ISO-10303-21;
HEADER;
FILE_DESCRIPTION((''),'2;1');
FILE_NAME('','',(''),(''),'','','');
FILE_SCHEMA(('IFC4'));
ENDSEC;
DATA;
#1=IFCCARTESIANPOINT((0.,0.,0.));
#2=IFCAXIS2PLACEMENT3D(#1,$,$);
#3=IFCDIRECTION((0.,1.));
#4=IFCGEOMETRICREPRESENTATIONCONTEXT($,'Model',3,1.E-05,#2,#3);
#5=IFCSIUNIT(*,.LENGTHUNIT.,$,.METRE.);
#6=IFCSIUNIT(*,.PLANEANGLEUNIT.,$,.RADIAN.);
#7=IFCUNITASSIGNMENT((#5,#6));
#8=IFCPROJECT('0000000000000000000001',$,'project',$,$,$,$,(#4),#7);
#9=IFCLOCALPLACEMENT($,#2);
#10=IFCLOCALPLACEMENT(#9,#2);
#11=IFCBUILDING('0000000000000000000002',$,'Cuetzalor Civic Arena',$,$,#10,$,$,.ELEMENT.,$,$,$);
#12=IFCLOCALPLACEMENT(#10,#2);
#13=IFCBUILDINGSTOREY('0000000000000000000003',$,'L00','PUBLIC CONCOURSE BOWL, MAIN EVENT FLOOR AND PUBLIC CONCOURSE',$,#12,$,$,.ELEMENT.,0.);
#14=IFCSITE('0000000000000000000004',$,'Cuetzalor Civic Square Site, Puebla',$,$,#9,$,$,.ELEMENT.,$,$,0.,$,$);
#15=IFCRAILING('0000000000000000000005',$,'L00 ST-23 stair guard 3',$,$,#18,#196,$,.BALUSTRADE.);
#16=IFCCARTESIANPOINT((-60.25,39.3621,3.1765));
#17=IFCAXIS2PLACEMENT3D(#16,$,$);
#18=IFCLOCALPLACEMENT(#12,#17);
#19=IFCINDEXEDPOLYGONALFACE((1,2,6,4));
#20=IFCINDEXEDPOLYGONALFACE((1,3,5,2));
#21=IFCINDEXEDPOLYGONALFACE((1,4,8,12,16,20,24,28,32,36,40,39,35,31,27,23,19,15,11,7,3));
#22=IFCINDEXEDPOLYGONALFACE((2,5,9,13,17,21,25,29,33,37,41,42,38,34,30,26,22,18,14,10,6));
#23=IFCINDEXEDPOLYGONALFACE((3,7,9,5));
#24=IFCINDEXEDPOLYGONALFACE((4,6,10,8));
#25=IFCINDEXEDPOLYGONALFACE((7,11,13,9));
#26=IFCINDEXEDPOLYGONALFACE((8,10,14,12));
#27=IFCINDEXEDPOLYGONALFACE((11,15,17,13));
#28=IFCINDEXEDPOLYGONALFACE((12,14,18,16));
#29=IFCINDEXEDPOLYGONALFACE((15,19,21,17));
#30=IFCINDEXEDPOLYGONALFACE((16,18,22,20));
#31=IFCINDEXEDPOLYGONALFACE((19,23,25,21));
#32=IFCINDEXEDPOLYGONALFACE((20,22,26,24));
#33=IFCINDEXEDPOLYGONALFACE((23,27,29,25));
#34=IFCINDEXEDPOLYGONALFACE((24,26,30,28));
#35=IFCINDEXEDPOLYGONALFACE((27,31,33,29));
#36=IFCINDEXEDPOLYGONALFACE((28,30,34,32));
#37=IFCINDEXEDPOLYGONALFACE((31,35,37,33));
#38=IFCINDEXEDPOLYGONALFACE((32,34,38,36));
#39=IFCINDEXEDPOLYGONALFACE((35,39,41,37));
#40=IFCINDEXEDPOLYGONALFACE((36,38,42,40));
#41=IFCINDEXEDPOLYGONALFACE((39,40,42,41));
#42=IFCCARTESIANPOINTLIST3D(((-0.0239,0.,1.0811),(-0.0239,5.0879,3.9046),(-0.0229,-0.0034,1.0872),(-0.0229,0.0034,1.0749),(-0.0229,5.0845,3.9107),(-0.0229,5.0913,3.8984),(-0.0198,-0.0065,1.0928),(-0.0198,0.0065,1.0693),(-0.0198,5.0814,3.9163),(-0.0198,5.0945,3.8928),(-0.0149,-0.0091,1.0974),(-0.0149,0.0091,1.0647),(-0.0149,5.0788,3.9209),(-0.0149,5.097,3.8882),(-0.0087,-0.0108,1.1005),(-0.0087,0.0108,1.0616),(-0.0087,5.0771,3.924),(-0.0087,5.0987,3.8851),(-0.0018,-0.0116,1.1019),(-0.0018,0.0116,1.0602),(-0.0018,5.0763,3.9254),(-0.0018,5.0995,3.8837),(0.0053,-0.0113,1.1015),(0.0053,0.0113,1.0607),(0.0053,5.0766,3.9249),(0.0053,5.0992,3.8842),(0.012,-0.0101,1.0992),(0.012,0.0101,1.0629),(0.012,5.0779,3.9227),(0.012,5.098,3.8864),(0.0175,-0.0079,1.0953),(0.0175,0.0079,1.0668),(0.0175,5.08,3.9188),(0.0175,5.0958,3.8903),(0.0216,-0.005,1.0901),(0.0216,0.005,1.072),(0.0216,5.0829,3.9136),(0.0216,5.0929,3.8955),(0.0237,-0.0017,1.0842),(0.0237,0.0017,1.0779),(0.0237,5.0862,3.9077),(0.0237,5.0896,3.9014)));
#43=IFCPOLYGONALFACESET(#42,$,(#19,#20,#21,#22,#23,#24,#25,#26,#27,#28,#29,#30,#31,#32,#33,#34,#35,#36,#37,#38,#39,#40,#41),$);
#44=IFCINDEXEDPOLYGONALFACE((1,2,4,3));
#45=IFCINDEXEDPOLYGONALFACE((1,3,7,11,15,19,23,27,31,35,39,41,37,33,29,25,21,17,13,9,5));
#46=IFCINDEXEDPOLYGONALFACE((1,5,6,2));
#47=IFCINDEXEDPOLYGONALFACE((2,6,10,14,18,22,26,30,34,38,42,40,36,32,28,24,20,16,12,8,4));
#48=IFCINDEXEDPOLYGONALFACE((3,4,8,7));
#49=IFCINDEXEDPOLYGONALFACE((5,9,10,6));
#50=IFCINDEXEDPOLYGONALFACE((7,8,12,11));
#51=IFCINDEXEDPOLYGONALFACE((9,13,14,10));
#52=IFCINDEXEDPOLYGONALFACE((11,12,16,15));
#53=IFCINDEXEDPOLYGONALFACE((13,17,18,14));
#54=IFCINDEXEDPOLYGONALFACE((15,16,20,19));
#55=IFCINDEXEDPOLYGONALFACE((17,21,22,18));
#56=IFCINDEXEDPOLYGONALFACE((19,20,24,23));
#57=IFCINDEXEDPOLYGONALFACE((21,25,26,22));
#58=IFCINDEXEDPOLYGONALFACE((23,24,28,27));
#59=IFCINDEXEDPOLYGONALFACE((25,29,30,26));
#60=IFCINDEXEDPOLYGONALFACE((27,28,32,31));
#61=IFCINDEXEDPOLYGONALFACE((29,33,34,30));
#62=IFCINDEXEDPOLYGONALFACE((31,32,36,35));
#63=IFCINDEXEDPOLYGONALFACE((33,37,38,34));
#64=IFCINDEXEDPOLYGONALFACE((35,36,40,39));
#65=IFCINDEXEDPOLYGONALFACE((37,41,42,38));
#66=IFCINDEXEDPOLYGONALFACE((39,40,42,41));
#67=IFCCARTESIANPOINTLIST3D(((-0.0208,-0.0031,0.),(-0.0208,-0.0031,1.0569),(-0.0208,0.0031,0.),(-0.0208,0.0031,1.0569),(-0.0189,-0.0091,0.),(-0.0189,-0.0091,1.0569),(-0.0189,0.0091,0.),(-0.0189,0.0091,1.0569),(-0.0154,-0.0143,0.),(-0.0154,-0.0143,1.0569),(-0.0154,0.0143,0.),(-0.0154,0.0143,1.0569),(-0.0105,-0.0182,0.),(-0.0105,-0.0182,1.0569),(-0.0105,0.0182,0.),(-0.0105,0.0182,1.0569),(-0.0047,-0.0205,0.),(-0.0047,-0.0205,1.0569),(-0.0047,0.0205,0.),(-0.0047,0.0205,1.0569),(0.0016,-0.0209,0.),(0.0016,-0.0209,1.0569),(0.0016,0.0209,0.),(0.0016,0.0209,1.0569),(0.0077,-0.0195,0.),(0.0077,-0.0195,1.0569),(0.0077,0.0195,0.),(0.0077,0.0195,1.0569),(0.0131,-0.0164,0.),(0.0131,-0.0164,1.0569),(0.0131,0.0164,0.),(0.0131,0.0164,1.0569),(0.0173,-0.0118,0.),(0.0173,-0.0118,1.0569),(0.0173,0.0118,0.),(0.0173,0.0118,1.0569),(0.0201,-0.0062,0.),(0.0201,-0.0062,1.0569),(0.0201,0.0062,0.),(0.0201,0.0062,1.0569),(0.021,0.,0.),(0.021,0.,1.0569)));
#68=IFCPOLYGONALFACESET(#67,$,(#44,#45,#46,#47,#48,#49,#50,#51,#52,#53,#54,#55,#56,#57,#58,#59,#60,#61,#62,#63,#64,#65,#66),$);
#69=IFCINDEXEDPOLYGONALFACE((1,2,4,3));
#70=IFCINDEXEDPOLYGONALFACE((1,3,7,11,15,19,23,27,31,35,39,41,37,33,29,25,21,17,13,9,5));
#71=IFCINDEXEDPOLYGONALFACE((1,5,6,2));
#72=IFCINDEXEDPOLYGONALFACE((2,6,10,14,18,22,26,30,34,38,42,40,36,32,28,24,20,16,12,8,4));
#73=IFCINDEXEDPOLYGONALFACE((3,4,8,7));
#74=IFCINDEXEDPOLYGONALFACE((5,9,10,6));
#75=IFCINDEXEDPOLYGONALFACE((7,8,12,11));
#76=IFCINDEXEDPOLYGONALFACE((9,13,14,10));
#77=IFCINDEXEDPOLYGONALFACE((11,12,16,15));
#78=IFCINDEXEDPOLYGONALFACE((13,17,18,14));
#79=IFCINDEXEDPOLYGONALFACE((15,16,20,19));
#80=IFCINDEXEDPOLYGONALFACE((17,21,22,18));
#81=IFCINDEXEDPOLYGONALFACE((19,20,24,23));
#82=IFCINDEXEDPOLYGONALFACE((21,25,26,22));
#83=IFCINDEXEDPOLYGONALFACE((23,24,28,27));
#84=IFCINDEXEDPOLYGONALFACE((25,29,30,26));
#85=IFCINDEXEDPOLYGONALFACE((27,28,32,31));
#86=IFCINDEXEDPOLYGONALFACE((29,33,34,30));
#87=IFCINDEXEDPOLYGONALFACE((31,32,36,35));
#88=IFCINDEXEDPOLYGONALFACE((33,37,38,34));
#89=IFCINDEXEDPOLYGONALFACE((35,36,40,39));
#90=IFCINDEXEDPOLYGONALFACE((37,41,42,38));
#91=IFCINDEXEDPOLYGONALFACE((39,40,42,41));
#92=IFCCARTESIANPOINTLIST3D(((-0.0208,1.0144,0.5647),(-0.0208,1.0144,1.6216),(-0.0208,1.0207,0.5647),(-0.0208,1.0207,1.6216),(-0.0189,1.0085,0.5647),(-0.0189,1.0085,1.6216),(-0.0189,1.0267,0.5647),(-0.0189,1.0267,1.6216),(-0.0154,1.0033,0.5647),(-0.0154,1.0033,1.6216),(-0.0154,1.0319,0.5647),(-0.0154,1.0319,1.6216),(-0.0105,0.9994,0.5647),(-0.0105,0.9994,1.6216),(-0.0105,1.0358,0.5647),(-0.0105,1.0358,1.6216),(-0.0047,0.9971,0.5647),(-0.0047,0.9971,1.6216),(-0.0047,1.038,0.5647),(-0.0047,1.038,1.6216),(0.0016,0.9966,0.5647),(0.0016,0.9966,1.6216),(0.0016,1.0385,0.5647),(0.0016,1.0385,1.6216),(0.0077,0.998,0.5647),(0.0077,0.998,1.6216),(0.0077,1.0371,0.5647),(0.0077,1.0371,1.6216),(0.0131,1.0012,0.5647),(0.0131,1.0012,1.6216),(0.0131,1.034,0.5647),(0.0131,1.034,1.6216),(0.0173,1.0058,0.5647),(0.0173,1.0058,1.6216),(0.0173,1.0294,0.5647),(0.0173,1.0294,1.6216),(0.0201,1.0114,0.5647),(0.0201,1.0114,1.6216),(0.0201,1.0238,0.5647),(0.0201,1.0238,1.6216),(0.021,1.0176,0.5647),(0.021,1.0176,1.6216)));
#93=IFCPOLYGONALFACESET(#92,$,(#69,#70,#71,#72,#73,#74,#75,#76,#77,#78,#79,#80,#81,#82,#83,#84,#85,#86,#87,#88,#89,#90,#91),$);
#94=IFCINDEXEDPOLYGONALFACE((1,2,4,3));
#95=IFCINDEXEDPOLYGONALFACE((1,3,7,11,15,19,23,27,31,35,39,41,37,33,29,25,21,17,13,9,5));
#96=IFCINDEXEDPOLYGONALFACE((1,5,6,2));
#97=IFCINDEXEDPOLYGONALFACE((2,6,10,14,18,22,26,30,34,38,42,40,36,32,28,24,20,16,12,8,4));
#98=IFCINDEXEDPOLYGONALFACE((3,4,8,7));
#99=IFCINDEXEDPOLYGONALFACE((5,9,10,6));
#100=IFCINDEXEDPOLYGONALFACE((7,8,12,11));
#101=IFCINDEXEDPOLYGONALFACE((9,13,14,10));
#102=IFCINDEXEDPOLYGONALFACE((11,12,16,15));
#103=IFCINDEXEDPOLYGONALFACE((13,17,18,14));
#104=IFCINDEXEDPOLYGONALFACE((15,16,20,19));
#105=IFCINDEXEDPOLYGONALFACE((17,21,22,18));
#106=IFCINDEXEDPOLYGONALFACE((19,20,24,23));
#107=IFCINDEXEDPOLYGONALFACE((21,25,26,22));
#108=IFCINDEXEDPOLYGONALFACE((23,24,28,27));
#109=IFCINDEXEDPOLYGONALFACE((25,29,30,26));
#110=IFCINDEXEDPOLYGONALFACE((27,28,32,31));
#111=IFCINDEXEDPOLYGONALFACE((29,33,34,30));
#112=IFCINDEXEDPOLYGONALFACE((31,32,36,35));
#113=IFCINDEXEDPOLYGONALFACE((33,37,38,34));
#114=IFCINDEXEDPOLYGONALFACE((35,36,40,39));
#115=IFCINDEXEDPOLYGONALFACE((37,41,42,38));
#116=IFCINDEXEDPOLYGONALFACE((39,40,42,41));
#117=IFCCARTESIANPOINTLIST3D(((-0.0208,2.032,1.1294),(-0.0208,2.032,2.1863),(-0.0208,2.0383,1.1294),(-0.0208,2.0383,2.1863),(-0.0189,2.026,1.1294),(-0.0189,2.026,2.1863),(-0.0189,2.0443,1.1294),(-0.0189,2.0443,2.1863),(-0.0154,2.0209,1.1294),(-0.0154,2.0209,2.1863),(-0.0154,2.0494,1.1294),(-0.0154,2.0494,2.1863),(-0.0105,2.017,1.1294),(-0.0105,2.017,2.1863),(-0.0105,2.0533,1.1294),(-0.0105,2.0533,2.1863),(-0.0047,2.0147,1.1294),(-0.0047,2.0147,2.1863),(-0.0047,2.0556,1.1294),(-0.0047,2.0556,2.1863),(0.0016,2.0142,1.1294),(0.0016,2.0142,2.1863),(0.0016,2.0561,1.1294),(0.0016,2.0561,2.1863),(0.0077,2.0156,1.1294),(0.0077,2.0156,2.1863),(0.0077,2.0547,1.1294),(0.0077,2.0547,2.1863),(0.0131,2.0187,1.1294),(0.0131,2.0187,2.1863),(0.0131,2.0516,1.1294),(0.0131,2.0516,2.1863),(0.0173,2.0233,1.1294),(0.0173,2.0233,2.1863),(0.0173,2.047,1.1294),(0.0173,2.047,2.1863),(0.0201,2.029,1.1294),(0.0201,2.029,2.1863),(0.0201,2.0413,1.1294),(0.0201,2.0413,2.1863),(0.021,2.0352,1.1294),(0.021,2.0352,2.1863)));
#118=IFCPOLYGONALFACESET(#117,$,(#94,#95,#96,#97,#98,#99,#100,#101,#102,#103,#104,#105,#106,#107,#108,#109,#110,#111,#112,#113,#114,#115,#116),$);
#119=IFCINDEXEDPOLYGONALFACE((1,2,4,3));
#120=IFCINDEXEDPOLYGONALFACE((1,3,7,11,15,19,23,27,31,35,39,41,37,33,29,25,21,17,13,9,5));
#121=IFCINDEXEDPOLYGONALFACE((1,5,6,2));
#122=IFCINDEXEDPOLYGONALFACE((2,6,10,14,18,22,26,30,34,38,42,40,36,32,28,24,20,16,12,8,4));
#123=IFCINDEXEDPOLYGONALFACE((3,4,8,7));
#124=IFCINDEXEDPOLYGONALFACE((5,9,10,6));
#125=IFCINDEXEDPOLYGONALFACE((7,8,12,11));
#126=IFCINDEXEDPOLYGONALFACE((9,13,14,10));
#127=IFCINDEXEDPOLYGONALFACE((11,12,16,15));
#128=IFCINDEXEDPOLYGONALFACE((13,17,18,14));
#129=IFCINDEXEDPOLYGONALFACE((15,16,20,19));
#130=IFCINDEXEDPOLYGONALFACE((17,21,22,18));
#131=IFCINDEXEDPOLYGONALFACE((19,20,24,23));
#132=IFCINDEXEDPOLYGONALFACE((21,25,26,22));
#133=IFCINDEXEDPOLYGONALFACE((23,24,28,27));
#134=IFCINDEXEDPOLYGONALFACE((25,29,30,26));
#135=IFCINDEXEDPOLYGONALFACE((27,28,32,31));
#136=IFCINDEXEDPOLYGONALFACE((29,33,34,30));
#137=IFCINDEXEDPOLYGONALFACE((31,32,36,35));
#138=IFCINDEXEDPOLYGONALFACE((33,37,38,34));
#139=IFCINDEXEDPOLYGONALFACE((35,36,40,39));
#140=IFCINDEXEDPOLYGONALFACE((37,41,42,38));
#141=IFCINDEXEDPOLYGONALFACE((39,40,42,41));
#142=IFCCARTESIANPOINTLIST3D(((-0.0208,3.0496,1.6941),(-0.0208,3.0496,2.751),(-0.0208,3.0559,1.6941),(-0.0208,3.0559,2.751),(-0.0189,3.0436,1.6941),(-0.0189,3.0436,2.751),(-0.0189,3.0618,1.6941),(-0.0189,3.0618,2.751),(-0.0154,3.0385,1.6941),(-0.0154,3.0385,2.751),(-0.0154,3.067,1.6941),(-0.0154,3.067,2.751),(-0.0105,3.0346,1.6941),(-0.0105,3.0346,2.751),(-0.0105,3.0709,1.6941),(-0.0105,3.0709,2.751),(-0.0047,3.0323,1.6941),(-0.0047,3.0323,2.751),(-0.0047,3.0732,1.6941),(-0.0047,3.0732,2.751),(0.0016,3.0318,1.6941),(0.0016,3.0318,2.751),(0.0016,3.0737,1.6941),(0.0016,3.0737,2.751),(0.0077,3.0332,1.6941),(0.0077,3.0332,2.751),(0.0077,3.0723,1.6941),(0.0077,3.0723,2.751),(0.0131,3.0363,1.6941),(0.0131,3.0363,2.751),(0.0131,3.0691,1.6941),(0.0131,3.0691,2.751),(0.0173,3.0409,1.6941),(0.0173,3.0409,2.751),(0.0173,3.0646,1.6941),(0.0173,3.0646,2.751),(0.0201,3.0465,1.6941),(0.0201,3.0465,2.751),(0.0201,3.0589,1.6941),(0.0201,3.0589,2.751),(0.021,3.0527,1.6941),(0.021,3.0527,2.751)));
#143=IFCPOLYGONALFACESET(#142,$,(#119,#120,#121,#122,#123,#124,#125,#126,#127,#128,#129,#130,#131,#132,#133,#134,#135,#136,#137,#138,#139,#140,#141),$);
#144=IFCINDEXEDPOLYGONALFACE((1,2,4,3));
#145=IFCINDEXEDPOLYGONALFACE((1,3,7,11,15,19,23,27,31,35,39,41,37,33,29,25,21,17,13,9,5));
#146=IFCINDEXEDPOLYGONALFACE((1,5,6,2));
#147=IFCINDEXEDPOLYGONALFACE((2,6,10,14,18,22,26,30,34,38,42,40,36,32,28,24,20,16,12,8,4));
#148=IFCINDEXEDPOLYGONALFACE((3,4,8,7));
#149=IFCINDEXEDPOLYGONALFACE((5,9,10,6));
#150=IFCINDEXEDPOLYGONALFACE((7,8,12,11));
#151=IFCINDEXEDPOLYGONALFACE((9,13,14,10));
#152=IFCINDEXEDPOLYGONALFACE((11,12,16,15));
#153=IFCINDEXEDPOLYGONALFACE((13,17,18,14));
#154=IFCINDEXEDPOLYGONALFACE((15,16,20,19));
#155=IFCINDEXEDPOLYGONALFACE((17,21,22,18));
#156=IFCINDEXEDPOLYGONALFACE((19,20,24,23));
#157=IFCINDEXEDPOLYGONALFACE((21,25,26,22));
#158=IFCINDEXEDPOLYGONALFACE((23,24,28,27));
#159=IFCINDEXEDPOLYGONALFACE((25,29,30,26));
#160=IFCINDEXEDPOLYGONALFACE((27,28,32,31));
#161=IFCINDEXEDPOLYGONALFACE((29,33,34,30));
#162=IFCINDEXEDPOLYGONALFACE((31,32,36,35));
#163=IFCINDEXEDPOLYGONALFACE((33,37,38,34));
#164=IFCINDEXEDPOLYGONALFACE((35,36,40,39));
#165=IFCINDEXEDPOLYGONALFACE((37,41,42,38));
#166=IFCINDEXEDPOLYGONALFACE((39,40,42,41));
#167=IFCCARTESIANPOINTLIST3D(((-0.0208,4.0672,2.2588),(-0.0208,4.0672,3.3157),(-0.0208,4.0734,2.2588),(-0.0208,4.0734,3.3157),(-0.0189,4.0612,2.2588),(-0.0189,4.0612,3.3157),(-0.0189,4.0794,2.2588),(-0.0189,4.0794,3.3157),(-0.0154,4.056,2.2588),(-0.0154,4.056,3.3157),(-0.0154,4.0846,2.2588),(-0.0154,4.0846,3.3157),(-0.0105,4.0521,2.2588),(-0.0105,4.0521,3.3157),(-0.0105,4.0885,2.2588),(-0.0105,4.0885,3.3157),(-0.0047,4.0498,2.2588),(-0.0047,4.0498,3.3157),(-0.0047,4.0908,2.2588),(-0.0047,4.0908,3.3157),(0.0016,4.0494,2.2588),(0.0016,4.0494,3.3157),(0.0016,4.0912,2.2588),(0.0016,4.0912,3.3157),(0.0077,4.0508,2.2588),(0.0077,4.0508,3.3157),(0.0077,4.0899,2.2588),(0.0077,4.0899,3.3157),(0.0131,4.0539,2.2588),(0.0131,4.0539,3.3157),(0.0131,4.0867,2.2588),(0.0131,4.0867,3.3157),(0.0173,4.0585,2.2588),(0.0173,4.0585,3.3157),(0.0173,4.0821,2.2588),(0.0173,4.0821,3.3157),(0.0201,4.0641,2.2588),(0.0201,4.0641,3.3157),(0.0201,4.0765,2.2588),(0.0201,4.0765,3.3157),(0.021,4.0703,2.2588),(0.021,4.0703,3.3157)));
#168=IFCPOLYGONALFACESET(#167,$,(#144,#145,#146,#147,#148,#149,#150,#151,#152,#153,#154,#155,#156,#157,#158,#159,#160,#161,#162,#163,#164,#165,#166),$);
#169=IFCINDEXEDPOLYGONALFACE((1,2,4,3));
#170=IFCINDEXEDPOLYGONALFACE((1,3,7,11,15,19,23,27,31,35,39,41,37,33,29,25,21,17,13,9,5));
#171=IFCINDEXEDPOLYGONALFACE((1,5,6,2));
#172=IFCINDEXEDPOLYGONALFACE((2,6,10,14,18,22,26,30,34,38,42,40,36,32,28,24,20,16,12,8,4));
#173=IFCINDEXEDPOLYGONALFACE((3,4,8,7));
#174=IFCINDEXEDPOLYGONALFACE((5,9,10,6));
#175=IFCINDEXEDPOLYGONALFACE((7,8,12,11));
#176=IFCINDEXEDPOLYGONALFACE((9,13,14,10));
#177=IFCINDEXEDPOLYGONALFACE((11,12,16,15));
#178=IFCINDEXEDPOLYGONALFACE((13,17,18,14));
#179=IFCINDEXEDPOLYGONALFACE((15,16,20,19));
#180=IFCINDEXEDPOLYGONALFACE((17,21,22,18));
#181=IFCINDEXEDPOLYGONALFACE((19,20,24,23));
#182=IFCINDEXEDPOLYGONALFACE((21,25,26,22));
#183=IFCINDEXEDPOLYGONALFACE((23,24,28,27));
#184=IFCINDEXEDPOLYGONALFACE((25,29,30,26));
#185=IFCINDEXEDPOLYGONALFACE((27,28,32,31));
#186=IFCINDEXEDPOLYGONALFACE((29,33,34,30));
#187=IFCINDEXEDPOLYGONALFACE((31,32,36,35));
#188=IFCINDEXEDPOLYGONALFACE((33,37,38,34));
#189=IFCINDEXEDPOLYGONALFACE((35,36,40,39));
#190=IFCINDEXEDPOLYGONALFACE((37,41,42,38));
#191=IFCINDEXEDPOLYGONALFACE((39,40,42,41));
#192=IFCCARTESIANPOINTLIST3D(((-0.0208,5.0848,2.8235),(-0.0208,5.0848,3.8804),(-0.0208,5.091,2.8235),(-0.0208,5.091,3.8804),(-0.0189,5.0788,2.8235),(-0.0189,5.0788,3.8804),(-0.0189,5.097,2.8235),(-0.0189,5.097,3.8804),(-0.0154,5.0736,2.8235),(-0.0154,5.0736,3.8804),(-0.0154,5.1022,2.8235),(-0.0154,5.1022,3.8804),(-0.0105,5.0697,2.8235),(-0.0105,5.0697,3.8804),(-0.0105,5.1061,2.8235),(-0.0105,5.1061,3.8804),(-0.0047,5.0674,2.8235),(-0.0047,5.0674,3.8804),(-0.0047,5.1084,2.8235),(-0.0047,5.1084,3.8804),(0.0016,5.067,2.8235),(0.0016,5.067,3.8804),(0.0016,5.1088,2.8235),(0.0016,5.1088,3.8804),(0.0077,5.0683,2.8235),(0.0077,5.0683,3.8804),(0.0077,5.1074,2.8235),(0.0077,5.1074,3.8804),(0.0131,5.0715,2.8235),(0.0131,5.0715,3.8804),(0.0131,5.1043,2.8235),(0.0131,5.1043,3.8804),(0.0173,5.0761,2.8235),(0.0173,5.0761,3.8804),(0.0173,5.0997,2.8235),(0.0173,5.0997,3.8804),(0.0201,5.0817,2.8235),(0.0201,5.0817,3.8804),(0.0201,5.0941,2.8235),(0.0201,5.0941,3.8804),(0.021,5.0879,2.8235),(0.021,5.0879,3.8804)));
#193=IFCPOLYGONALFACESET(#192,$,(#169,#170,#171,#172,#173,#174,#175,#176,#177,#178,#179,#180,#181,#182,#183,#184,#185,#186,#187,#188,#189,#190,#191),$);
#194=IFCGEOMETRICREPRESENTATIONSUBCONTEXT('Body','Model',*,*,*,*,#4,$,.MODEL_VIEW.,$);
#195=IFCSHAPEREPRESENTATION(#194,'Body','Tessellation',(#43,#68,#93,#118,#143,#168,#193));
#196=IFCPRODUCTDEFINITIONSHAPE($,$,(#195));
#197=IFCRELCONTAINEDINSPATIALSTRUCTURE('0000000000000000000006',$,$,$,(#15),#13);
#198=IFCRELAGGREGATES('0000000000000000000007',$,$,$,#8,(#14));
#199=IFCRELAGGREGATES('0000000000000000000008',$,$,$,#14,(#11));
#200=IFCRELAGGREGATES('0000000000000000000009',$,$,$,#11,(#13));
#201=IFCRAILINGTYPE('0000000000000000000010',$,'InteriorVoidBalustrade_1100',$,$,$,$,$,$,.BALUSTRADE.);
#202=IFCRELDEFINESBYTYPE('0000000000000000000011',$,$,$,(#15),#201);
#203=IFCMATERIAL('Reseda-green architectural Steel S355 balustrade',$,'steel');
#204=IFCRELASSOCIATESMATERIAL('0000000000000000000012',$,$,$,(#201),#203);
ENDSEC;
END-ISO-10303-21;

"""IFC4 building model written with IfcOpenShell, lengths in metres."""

from ifc_helpers import new_model, si_unit, direction, frame, origin, origin_2d, place, context, subcontext, project, spatial, circle, extrude, material, type_object, element, save


model = new_model("IFC4")

# Units and contexts
model_context = context("Model", 3, precision=1e-05, world=origin(), true_north=direction((0.0, 1.0)))
body_context = subcontext(model_context, "Body", "Model", "MODEL_VIEW")
ifc_project = project(units=[si_unit("LENGTHUNIT", "METRE"), si_unit("PLANEANGLEUNIT", "RADIAN")], contexts=[model_context])

# Site, building, storey
site_placement = place(None, origin())
site = spatial("IfcSite", under=ifc_project, at=site_placement, Name="Cuetzalor Civic Square Site, Puebla", CompositionType="ELEMENT", RefElevation=0.0)
building_placement = place(site_placement, origin())
building = spatial("IfcBuilding", under=site, at=building_placement, Name="Cuetzalor Civic Arena", CompositionType="ELEMENT")
storey_placement = place(building_placement, origin())
storey = spatial("IfcBuildingStorey", under=building, at=storey_placement, Name="L00", Description="PUBLIC CONCOURSE BOWL, MAIN EVENT FLOOR AND PUBLIC CONCOURSE", CompositionType="ELEMENT", Elevation=0.0)

# Railing
ifc_material_1 = material(Name="Reseda-green architectural Steel S355 balustrade", Category="steel")
railing_type_1 = type_object("IfcRailingType", Name="InteriorVoidBalustrade_1100", PredefinedType="BALUSTRADE", material=ifc_material_1)
railing_1_placement = place(storey_placement, frame((-60.25, 39.3621, 3.1765)))
element("IfcRailing", 1, at=railing_1_placement, inside=storey, type_object=railing_type_1, Name="L00 ST-23 stair guard 3", PredefinedType="BALUSTRADE", context=body_context, shape_type="SweptSolid", body=[
    extrude(circle(Radius=0.0239, at=origin_2d()), frame((0.0, 0.0, 1.0811), z_axis=(0.0, 0.874385, 0.485233), x_axis=(-1.0, 0.0, 0.0)), (0.0, 0.0, 1.0), 5.8188),
    extrude(circle(Radius=0.021, at=origin_2d()), origin(), (0.0, 0.0, 1.0), 1.0569),
    extrude(circle(Radius=0.021, at=origin_2d()), frame((0.0, 1.0176, 0.5647)), (0.0, 0.0, 1.0), 1.0569),
    extrude(circle(Radius=0.021, at=origin_2d()), frame((0.0, 2.0352, 1.1294)), (0.0, 0.0, 1.0), 1.0569),
    extrude(circle(Radius=0.021, at=origin_2d()), frame((0.0, 3.0527, 1.6941)), (0.0, 0.0, 1.0), 1.0569),
    extrude(circle(Radius=0.021, at=origin_2d()), frame((0.0, 4.0703, 2.2588)), (0.0, 0.0, 1.0), 1.0569),
    extrude(circle(Radius=0.021, at=origin_2d()), frame((0.0, 5.0879, 2.8235)), (0.0, 0.0, 1.0), 1.0569),
])

save(model, "model.ifc")
